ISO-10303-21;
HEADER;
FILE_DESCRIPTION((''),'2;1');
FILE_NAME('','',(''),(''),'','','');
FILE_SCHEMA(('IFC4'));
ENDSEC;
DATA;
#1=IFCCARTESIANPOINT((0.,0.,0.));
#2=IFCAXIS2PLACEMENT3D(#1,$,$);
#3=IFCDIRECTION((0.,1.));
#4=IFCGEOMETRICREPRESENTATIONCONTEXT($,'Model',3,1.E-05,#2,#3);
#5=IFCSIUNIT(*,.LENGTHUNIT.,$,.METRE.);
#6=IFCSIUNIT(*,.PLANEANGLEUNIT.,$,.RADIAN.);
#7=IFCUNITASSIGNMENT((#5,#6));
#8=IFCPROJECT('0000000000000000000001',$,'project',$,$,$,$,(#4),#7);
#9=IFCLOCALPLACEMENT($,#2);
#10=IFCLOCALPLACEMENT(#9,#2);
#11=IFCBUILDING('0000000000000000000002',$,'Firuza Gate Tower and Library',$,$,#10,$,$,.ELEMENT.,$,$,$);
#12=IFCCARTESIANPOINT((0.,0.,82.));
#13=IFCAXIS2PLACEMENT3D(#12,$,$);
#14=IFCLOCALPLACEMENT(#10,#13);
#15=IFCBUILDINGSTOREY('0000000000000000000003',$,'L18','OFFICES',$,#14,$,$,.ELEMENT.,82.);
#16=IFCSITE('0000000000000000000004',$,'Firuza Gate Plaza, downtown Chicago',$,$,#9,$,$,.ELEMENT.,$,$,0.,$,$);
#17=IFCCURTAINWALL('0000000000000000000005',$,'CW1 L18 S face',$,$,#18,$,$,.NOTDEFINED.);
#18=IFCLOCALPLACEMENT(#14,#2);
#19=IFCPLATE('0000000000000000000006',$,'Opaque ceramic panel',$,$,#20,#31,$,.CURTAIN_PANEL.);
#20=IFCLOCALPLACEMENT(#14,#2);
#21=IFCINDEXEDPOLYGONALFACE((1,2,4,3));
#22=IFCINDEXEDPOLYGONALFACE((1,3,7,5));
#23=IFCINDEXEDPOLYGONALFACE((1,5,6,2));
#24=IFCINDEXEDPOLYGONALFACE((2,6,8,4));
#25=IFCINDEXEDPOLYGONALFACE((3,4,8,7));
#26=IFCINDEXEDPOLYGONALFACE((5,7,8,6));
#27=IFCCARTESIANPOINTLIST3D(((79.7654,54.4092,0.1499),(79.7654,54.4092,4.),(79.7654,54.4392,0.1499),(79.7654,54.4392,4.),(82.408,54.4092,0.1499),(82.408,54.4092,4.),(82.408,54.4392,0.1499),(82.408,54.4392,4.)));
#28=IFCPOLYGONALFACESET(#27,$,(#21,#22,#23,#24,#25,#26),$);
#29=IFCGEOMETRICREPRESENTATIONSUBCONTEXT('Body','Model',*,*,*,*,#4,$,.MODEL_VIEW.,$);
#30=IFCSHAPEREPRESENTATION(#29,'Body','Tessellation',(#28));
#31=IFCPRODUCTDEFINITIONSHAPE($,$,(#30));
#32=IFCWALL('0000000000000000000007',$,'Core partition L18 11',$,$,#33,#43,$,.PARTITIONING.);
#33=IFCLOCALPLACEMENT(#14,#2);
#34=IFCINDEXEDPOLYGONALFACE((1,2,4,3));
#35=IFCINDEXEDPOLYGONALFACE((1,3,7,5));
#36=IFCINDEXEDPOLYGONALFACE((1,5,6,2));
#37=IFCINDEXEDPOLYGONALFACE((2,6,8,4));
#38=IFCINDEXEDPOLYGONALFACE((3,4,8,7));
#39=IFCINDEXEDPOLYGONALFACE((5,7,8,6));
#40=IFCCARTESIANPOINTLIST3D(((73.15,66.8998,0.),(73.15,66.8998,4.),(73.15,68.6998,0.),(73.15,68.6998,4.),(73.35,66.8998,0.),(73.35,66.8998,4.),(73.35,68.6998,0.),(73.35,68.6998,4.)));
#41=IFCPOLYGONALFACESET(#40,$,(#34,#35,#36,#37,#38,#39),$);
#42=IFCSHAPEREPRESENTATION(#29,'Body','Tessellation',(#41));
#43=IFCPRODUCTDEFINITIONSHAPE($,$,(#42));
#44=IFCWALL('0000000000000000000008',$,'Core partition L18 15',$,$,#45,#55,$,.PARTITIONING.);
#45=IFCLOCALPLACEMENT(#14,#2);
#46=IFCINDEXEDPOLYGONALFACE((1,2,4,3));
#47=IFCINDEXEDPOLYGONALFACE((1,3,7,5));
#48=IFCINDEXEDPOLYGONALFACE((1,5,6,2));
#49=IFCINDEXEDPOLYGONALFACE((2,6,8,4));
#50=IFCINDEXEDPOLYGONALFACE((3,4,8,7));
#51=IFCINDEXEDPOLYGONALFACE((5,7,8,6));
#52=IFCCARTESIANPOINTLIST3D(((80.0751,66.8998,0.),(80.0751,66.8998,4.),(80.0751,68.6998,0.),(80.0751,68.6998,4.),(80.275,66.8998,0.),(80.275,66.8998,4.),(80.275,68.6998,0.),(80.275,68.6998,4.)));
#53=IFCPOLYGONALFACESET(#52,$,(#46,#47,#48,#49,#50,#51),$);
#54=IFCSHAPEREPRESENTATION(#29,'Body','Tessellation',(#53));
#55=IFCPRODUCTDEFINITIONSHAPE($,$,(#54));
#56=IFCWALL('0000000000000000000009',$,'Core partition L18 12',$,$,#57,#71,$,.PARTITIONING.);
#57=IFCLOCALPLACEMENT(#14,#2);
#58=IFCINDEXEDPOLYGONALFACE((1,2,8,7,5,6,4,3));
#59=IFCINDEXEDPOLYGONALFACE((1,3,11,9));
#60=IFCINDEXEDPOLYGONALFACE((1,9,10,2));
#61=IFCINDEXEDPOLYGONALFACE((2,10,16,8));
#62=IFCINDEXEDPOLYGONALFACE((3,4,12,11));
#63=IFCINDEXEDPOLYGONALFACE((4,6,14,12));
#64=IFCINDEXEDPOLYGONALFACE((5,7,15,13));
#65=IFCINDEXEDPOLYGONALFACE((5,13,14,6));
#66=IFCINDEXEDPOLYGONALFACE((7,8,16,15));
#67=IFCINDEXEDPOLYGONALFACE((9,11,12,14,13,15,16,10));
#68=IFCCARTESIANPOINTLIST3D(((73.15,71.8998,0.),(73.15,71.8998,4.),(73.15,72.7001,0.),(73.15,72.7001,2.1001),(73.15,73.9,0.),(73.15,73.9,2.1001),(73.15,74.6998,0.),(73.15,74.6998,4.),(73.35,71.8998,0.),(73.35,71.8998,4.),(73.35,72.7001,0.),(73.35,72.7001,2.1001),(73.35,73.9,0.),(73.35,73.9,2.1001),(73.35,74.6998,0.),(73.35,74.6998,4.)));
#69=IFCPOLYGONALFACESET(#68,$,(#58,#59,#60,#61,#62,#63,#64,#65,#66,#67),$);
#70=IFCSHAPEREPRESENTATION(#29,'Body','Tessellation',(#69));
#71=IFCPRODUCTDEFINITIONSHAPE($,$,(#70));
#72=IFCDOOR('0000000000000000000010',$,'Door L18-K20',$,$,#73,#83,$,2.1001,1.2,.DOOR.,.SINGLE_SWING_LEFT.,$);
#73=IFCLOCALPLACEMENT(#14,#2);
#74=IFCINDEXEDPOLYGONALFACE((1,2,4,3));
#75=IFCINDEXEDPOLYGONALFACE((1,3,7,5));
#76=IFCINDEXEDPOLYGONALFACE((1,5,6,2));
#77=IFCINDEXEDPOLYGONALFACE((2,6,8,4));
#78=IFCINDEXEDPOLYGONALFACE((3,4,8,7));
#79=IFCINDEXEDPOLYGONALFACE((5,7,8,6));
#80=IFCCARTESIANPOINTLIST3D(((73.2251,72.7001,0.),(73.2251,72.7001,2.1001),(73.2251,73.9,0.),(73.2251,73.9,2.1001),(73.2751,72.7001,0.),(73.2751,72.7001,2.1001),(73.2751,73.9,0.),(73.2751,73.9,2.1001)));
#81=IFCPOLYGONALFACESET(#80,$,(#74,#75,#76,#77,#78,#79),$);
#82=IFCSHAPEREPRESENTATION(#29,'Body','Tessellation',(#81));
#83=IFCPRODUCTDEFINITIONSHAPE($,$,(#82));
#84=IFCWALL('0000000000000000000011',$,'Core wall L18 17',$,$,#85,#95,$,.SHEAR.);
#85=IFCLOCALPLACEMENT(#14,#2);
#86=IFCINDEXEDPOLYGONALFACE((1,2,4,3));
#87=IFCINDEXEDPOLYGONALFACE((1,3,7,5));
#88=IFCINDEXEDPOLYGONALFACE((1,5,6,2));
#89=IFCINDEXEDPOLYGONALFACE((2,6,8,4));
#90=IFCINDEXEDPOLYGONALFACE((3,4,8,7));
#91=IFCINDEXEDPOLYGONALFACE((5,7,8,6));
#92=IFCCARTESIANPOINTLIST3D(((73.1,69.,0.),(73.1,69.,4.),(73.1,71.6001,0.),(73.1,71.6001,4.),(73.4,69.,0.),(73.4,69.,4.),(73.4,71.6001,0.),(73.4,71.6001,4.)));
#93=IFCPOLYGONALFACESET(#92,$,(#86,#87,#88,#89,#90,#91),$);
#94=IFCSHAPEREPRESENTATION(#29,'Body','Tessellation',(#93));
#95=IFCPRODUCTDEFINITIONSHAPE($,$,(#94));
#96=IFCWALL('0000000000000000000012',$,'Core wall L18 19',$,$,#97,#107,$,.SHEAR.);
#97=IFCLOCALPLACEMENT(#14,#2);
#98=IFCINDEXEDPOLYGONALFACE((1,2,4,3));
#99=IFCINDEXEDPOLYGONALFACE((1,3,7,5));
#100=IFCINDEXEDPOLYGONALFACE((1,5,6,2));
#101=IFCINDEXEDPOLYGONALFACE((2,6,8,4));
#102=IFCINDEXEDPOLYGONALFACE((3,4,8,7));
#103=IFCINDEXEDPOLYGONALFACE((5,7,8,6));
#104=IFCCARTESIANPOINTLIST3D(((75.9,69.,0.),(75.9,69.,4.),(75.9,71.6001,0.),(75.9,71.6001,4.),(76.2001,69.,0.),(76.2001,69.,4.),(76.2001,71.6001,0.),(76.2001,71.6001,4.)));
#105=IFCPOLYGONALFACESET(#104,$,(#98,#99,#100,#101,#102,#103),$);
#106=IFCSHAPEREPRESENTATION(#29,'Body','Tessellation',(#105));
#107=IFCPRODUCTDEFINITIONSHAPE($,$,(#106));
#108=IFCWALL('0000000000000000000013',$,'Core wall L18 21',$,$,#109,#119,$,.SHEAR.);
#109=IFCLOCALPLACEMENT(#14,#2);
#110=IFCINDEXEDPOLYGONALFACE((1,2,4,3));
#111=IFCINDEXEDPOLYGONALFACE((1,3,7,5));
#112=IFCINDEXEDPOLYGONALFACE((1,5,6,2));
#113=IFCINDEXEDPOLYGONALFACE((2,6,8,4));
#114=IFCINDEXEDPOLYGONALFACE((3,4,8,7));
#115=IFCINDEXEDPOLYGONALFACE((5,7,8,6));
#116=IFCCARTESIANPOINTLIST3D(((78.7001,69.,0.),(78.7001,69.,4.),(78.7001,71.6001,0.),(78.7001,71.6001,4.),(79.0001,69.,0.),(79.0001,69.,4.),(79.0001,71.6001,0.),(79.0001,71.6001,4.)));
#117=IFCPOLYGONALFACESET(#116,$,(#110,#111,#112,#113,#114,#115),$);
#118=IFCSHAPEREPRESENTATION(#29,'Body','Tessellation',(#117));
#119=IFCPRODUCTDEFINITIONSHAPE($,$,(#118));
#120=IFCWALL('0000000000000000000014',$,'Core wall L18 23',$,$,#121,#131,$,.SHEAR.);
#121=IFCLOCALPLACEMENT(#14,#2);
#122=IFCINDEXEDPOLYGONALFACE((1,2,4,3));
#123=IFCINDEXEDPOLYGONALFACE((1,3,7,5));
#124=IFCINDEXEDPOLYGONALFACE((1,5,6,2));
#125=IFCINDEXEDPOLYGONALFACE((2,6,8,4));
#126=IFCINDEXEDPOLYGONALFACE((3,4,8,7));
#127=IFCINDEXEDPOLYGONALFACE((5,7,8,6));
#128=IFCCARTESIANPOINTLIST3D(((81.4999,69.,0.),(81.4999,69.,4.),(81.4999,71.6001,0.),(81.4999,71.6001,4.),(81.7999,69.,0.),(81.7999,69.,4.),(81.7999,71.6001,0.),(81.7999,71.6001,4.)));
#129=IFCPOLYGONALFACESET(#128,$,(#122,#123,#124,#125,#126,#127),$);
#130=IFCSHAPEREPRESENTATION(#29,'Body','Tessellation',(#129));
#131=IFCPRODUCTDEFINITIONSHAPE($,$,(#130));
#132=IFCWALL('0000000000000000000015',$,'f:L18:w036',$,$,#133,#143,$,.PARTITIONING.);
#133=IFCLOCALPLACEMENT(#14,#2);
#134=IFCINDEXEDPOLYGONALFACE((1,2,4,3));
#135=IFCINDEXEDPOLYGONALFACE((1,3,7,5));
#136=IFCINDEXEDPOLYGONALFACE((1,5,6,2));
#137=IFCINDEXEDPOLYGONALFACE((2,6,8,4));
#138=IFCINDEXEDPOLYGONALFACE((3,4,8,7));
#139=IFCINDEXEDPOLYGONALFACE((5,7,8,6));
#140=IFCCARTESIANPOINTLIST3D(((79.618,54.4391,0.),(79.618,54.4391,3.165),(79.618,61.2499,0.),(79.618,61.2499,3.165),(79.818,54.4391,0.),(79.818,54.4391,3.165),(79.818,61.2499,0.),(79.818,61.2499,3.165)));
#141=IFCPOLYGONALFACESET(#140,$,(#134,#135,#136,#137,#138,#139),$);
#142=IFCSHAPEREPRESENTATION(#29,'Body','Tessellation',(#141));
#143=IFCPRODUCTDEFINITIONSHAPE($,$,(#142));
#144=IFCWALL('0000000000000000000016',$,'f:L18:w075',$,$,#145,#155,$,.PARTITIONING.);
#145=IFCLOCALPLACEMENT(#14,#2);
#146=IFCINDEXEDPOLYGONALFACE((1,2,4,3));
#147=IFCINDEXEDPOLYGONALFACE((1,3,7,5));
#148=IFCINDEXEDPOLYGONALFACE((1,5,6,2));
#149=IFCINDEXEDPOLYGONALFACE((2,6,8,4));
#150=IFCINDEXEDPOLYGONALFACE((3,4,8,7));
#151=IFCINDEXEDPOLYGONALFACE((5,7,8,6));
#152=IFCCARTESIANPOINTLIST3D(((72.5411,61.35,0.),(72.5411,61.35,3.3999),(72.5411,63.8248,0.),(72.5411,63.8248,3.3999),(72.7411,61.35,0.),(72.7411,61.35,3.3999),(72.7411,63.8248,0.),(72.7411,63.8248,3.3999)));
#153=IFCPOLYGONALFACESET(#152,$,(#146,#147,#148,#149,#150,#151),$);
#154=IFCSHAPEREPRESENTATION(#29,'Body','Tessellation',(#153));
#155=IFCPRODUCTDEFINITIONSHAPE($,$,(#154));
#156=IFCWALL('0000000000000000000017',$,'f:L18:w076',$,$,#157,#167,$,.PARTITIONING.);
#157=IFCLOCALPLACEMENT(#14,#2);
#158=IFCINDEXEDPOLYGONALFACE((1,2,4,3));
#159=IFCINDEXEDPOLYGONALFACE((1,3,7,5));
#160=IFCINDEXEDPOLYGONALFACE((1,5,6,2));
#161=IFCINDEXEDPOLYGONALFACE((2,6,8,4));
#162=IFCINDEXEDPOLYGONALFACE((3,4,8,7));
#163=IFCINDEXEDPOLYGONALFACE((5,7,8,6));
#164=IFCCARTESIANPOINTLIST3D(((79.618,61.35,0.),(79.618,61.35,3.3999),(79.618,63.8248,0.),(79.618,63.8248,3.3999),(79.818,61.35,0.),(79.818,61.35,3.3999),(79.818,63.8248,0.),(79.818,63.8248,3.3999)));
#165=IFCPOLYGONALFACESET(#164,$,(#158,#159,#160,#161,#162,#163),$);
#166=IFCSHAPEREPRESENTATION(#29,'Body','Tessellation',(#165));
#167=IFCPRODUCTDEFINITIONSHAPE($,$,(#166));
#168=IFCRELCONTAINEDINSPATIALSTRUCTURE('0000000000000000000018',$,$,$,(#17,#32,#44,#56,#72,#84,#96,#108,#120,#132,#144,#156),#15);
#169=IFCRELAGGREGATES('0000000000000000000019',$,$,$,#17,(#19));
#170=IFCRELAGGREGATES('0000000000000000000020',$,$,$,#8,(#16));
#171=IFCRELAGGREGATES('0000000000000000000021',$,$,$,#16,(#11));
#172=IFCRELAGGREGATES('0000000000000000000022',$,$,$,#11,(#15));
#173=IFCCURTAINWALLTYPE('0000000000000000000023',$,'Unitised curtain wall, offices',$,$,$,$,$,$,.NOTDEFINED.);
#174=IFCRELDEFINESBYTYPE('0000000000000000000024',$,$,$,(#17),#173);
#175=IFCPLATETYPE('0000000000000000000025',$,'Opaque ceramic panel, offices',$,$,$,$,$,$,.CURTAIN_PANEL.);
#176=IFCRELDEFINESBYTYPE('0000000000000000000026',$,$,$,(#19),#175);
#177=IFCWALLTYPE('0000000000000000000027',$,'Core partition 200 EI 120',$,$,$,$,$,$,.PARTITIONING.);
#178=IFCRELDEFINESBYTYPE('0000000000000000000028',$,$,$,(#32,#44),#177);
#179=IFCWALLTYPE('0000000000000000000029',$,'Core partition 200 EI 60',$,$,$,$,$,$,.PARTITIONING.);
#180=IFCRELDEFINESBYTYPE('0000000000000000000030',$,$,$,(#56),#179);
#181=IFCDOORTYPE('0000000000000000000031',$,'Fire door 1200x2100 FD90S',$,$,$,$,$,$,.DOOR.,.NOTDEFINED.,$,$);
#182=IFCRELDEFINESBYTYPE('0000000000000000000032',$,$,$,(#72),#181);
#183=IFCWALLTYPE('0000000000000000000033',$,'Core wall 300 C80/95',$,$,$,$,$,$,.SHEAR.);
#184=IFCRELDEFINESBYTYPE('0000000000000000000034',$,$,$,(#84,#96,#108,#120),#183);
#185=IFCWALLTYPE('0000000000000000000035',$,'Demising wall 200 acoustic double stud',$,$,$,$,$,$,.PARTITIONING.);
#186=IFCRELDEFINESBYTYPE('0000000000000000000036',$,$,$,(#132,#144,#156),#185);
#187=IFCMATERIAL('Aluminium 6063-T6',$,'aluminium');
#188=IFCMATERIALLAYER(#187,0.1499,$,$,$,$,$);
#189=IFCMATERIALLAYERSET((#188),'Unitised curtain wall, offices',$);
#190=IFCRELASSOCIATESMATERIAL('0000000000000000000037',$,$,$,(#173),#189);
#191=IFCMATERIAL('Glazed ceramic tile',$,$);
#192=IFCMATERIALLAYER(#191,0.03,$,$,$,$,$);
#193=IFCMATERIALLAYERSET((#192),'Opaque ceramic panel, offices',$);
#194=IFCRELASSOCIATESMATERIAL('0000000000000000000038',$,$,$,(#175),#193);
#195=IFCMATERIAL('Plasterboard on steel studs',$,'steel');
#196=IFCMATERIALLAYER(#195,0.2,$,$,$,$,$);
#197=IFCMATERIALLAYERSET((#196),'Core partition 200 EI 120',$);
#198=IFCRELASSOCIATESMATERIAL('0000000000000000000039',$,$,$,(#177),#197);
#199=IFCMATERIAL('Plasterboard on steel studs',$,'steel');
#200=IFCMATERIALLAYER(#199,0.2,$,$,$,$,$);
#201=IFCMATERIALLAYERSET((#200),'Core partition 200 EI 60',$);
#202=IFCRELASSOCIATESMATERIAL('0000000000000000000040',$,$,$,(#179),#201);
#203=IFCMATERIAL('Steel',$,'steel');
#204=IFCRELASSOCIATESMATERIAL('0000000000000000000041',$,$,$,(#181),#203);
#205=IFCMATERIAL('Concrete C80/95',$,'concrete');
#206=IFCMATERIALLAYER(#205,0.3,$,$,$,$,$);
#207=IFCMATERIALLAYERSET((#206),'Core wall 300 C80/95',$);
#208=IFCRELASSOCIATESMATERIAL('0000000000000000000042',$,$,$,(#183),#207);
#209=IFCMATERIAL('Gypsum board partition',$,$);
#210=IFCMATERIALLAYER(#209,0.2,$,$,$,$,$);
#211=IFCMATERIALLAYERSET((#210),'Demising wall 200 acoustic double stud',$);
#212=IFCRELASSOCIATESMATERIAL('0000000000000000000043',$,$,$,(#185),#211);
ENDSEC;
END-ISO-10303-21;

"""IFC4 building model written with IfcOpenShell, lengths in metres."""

from ifc_helpers import new_model, si_unit, direction, frame, frame_2d, origin, place, context, subcontext, project, spatial, polyline, rectangle, outline, extrude, material, layer, layer_set, type_object, element, fill, aggregate, save


model = new_model("IFC4")

# Units and contexts
model_context = context("Model", 3, precision=1e-05, world=origin(), true_north=direction((0.0, 1.0)))
body_context = subcontext(model_context, "Body", "Model", "MODEL_VIEW")
ifc_project = project(units=[si_unit("LENGTHUNIT", "METRE"), si_unit("PLANEANGLEUNIT", "RADIAN")], contexts=[model_context])

# Site, building, storey
site_placement = place(None, origin())
site = spatial("IfcSite", under=ifc_project, at=site_placement, Name="Firuza Gate Plaza, downtown Chicago", CompositionType="ELEMENT", RefElevation=0.0)
building_placement = place(site_placement, origin())
building = spatial("IfcBuilding", under=site, at=building_placement, Name="Firuza Gate Tower and Library", CompositionType="ELEMENT")
storey_placement = place(building_placement, frame((0.0, 0.0, 82.0)))
storey = spatial("IfcBuildingStorey", under=building, at=storey_placement, Name="L18", Description="OFFICES", CompositionType="ELEMENT", Elevation=82.0)

# Curtain wall
ifc_material_1 = material(Name="Aluminium 6063-T6", Category="aluminium")
ifc_layer_1 = layer(ifc_material_1, 0.1499)
ifc_layer_set_1 = layer_set([ifc_layer_1], Name="Unitised curtain wall, offices")
curtain_wall_type = type_object("IfcCurtainWallType", Name="Unitised curtain wall, offices", PredefinedType="NOTDEFINED", material=ifc_layer_set_1)
curtain_wall_placement = place(storey_placement, origin())
curtain_wall = element("IfcCurtainWall", 1, at=curtain_wall_placement, inside=storey, type_object=curtain_wall_type, Name="CW1 L18 S face", PredefinedType="NOTDEFINED")

# Plate
ifc_material_2 = material(Name="Glazed ceramic tile")
ifc_layer_2 = layer(ifc_material_2, 0.03)
ifc_layer_set_2 = layer_set([ifc_layer_2], Name="Opaque ceramic panel, offices")
plate_type_1 = type_object("IfcPlateType", Name="Opaque ceramic panel, offices", PredefinedType="CURTAIN_PANEL", material=ifc_layer_set_2)
plate_1_placement = place(storey_placement, frame((79.7654, 54.4092, 0.1499), z_axis=(0.0, -1.0, 0.0), x_axis=(1.0, 0.0, 0.0)))
plate_1 = element("IfcPlate", 2, at=plate_1_placement, type_object=plate_type_1, Name="Opaque ceramic panel", PredefinedType="CURTAIN_PANEL", context=body_context, shape_type="SweptSolid", body=[
    extrude(outline(polyline([(0.0, 0.0), (2.6426, 0.0), (2.6426, 3.8501), (0.0, 3.8501), (0.0, 0.0)])), origin(), (0.0, 0.0, -1.0), 0.03),
])
aggregate(curtain_wall, [plate_1])

# Walls
ifc_material_3 = material(Name="Plasterboard on steel studs", Category="steel")
ifc_layer_3 = layer(ifc_material_3, 0.2)
ifc_layer_set_3 = layer_set([ifc_layer_3], Name="Core partition 200 EI 120")
wall_type_1 = type_object("IfcWallType", Name="Core partition 200 EI 120", PredefinedType="PARTITIONING", material=ifc_layer_set_3)
for number, where, z_axis, x_axis, name in (
    (3, (73.25, 66.8999, 0.0), (0.0, 0.0, 1.0), (0.0, 1.0, 0.0), "Core partition L18 11"),
    (4, (80.175, 66.8999, 0.0), (0.0, 0.0, 1.0), (0.0, 1.0, 0.0), "Core partition L18 15"),
):
    element("IfcWall", number, at=place(storey_placement, frame(where, z_axis=z_axis, x_axis=x_axis)), inside=storey, type_object=wall_type_1, Name=name, PredefinedType="PARTITIONING", context=body_context, shape_type="SweptSolid", body=[
        extrude(rectangle(XDim=1.8, YDim=0.2, at=frame_2d((0.8999, 0.0))), origin(), (0.0, 0.0, 1.0), 4.0),
    ])

# Wall, opening, door
ifc_material_4 = material(Name="Plasterboard on steel studs", Category="steel")
ifc_layer_4 = layer(ifc_material_4, 0.2)
ifc_layer_set_4 = layer_set([ifc_layer_4], Name="Core partition 200 EI 60")
wall_type_2 = type_object("IfcWallType", Name="Core partition 200 EI 60", PredefinedType="PARTITIONING", material=ifc_layer_set_4)
wall_1_placement = place(storey_placement, frame((73.25, 71.8999, 0.0), z_axis=(0.0, 0.0, 1.0), x_axis=(0.0, 1.0, 0.0)))
wall_1 = element("IfcWall", 5, at=wall_1_placement, inside=storey, type_object=wall_type_2, Name="Core partition L18 12", PredefinedType="PARTITIONING", context=body_context, shape_type="SweptSolid", body=[
    extrude(rectangle(XDim=2.8, YDim=0.2, at=frame_2d((1.3999, 0.0))), origin(), (0.0, 0.0, 1.0), 4.0),
])
opening_1_placement = place(wall_1_placement, frame((0.8, 0.0, 0.0)))
opening_1 = element("IfcOpeningElement", 6, at=opening_1_placement, cuts=wall_1, PredefinedType="OPENING", context=body_context, shape_type="SweptSolid", body=[
    extrude(rectangle(XDim=1.2, YDim=2.1001, at=frame_2d((0.6001, 1.05))), frame((0.0, 0.1099, 0.0), z_axis=(0.0, -1.0, 0.0), x_axis=(1.0, 0.0, 0.0)), (0.0, 0.0, 1.0), 0.22),
])
ifc_material_5 = material(Name="Steel", Category="steel")
door_type_1 = type_object("IfcDoorType", Name="Fire door 1200x2100 FD90S", OperationType="NOTDEFINED", PredefinedType="DOOR", material=ifc_material_5)
door_1_placement = place(opening_1_placement, origin())
door_1 = element("IfcDoor", 7, at=door_1_placement, inside=storey, type_object=door_type_1, Name="Door L18-K20", OperationType="SINGLE_SWING_LEFT", OverallHeight=2.1001, OverallWidth=1.2, PredefinedType="DOOR", context=body_context, shape_type="SweptSolid", body=[
    extrude(rectangle(XDim=1.2, YDim=2.1001, at=frame_2d((0.6001, 1.05))), frame((0.0, 0.0249, 0.0), z_axis=(0.0, -1.0, 0.0), x_axis=(1.0, 0.0, 0.0)), (0.0, 0.0, 1.0), 0.05),
])
fill(opening_1, door_1)

# Walls
ifc_material_6 = material(Name="Concrete C80/95", Category="concrete")
ifc_layer_5 = layer(ifc_material_6, 0.3)
ifc_layer_set_5 = layer_set([ifc_layer_5], Name="Core wall 300 C80/95")
wall_type_3 = type_object("IfcWallType", Name="Core wall 300 C80/95", PredefinedType="SHEAR", material=ifc_layer_set_5)
for number, where, z_axis, x_axis, name in (
    (8, (73.25, 69.0, 0.0), (0.0, 0.0, 1.0), (0.0, 1.0, 0.0), "Core wall L18 17"),
    (9, (76.05, 69.0, 0.0), (0.0, 0.0, 1.0), (0.0, 1.0, 0.0), "Core wall L18 19"),
    (10, (78.8501, 69.0, 0.0), (0.0, 0.0, 1.0), (0.0, 1.0, 0.0), "Core wall L18 21"),
    (11, (81.6499, 69.0, 0.0), (0.0, 0.0, 1.0), (0.0, 1.0, 0.0), "Core wall L18 23"),
):
    element("IfcWall", number, at=place(storey_placement, frame(where, z_axis=z_axis, x_axis=x_axis)), inside=storey, type_object=wall_type_3, Name=name, PredefinedType="SHEAR", context=body_context, shape_type="SweptSolid", body=[
        extrude(rectangle(XDim=2.6001, YDim=0.3, at=frame_2d((1.3, 0.0))), origin(), (0.0, 0.0, 1.0), 4.0),
    ])
ifc_material_7 = material(Name="Gypsum board partition")
ifc_layer_6 = layer(ifc_material_7, 0.2)
ifc_layer_set_6 = layer_set([ifc_layer_6], Name="Demising wall 200 acoustic double stud")
wall_type_4 = type_object("IfcWallType", Name="Demising wall 200 acoustic double stud", PredefinedType="PARTITIONING", material=ifc_layer_set_6)
wall_2_placement = place(storey_placement, frame((79.718, 54.4392, 0.0), z_axis=(0.0, 0.0, 1.0), x_axis=(0.0, 1.0, 0.0)))
element("IfcWall", 12, at=wall_2_placement, inside=storey, type_object=wall_type_4, Name="f:L18:w036", PredefinedType="PARTITIONING", context=body_context, shape_type="SweptSolid", body=[
    extrude(rectangle(XDim=6.8108, YDim=0.2, at=frame_2d((3.4053, 0.0))), origin(), (0.0, 0.0, 1.0), 3.165),
])
for number, where, z_axis, x_axis, name in (
    (13, (72.6411, 61.3501, 0.0), (0.0, 0.0, 1.0), (0.0, 1.0, 0.0), "f:L18:w075"),
    (14, (79.718, 61.3501, 0.0), (0.0, 0.0, 1.0), (0.0, 1.0, 0.0), "f:L18:w076"),
):
    element("IfcWall", number, at=place(storey_placement, frame(where, z_axis=z_axis, x_axis=x_axis)), inside=storey, type_object=wall_type_4, Name=name, PredefinedType="PARTITIONING", context=body_context, shape_type="SweptSolid", body=[
        extrude(rectangle(XDim=2.4749, YDim=0.2, at=frame_2d((1.2373, 0.0))), origin(), (0.0, 0.0, 1.0), 3.3999),
    ])

save(model, "model.ifc")
